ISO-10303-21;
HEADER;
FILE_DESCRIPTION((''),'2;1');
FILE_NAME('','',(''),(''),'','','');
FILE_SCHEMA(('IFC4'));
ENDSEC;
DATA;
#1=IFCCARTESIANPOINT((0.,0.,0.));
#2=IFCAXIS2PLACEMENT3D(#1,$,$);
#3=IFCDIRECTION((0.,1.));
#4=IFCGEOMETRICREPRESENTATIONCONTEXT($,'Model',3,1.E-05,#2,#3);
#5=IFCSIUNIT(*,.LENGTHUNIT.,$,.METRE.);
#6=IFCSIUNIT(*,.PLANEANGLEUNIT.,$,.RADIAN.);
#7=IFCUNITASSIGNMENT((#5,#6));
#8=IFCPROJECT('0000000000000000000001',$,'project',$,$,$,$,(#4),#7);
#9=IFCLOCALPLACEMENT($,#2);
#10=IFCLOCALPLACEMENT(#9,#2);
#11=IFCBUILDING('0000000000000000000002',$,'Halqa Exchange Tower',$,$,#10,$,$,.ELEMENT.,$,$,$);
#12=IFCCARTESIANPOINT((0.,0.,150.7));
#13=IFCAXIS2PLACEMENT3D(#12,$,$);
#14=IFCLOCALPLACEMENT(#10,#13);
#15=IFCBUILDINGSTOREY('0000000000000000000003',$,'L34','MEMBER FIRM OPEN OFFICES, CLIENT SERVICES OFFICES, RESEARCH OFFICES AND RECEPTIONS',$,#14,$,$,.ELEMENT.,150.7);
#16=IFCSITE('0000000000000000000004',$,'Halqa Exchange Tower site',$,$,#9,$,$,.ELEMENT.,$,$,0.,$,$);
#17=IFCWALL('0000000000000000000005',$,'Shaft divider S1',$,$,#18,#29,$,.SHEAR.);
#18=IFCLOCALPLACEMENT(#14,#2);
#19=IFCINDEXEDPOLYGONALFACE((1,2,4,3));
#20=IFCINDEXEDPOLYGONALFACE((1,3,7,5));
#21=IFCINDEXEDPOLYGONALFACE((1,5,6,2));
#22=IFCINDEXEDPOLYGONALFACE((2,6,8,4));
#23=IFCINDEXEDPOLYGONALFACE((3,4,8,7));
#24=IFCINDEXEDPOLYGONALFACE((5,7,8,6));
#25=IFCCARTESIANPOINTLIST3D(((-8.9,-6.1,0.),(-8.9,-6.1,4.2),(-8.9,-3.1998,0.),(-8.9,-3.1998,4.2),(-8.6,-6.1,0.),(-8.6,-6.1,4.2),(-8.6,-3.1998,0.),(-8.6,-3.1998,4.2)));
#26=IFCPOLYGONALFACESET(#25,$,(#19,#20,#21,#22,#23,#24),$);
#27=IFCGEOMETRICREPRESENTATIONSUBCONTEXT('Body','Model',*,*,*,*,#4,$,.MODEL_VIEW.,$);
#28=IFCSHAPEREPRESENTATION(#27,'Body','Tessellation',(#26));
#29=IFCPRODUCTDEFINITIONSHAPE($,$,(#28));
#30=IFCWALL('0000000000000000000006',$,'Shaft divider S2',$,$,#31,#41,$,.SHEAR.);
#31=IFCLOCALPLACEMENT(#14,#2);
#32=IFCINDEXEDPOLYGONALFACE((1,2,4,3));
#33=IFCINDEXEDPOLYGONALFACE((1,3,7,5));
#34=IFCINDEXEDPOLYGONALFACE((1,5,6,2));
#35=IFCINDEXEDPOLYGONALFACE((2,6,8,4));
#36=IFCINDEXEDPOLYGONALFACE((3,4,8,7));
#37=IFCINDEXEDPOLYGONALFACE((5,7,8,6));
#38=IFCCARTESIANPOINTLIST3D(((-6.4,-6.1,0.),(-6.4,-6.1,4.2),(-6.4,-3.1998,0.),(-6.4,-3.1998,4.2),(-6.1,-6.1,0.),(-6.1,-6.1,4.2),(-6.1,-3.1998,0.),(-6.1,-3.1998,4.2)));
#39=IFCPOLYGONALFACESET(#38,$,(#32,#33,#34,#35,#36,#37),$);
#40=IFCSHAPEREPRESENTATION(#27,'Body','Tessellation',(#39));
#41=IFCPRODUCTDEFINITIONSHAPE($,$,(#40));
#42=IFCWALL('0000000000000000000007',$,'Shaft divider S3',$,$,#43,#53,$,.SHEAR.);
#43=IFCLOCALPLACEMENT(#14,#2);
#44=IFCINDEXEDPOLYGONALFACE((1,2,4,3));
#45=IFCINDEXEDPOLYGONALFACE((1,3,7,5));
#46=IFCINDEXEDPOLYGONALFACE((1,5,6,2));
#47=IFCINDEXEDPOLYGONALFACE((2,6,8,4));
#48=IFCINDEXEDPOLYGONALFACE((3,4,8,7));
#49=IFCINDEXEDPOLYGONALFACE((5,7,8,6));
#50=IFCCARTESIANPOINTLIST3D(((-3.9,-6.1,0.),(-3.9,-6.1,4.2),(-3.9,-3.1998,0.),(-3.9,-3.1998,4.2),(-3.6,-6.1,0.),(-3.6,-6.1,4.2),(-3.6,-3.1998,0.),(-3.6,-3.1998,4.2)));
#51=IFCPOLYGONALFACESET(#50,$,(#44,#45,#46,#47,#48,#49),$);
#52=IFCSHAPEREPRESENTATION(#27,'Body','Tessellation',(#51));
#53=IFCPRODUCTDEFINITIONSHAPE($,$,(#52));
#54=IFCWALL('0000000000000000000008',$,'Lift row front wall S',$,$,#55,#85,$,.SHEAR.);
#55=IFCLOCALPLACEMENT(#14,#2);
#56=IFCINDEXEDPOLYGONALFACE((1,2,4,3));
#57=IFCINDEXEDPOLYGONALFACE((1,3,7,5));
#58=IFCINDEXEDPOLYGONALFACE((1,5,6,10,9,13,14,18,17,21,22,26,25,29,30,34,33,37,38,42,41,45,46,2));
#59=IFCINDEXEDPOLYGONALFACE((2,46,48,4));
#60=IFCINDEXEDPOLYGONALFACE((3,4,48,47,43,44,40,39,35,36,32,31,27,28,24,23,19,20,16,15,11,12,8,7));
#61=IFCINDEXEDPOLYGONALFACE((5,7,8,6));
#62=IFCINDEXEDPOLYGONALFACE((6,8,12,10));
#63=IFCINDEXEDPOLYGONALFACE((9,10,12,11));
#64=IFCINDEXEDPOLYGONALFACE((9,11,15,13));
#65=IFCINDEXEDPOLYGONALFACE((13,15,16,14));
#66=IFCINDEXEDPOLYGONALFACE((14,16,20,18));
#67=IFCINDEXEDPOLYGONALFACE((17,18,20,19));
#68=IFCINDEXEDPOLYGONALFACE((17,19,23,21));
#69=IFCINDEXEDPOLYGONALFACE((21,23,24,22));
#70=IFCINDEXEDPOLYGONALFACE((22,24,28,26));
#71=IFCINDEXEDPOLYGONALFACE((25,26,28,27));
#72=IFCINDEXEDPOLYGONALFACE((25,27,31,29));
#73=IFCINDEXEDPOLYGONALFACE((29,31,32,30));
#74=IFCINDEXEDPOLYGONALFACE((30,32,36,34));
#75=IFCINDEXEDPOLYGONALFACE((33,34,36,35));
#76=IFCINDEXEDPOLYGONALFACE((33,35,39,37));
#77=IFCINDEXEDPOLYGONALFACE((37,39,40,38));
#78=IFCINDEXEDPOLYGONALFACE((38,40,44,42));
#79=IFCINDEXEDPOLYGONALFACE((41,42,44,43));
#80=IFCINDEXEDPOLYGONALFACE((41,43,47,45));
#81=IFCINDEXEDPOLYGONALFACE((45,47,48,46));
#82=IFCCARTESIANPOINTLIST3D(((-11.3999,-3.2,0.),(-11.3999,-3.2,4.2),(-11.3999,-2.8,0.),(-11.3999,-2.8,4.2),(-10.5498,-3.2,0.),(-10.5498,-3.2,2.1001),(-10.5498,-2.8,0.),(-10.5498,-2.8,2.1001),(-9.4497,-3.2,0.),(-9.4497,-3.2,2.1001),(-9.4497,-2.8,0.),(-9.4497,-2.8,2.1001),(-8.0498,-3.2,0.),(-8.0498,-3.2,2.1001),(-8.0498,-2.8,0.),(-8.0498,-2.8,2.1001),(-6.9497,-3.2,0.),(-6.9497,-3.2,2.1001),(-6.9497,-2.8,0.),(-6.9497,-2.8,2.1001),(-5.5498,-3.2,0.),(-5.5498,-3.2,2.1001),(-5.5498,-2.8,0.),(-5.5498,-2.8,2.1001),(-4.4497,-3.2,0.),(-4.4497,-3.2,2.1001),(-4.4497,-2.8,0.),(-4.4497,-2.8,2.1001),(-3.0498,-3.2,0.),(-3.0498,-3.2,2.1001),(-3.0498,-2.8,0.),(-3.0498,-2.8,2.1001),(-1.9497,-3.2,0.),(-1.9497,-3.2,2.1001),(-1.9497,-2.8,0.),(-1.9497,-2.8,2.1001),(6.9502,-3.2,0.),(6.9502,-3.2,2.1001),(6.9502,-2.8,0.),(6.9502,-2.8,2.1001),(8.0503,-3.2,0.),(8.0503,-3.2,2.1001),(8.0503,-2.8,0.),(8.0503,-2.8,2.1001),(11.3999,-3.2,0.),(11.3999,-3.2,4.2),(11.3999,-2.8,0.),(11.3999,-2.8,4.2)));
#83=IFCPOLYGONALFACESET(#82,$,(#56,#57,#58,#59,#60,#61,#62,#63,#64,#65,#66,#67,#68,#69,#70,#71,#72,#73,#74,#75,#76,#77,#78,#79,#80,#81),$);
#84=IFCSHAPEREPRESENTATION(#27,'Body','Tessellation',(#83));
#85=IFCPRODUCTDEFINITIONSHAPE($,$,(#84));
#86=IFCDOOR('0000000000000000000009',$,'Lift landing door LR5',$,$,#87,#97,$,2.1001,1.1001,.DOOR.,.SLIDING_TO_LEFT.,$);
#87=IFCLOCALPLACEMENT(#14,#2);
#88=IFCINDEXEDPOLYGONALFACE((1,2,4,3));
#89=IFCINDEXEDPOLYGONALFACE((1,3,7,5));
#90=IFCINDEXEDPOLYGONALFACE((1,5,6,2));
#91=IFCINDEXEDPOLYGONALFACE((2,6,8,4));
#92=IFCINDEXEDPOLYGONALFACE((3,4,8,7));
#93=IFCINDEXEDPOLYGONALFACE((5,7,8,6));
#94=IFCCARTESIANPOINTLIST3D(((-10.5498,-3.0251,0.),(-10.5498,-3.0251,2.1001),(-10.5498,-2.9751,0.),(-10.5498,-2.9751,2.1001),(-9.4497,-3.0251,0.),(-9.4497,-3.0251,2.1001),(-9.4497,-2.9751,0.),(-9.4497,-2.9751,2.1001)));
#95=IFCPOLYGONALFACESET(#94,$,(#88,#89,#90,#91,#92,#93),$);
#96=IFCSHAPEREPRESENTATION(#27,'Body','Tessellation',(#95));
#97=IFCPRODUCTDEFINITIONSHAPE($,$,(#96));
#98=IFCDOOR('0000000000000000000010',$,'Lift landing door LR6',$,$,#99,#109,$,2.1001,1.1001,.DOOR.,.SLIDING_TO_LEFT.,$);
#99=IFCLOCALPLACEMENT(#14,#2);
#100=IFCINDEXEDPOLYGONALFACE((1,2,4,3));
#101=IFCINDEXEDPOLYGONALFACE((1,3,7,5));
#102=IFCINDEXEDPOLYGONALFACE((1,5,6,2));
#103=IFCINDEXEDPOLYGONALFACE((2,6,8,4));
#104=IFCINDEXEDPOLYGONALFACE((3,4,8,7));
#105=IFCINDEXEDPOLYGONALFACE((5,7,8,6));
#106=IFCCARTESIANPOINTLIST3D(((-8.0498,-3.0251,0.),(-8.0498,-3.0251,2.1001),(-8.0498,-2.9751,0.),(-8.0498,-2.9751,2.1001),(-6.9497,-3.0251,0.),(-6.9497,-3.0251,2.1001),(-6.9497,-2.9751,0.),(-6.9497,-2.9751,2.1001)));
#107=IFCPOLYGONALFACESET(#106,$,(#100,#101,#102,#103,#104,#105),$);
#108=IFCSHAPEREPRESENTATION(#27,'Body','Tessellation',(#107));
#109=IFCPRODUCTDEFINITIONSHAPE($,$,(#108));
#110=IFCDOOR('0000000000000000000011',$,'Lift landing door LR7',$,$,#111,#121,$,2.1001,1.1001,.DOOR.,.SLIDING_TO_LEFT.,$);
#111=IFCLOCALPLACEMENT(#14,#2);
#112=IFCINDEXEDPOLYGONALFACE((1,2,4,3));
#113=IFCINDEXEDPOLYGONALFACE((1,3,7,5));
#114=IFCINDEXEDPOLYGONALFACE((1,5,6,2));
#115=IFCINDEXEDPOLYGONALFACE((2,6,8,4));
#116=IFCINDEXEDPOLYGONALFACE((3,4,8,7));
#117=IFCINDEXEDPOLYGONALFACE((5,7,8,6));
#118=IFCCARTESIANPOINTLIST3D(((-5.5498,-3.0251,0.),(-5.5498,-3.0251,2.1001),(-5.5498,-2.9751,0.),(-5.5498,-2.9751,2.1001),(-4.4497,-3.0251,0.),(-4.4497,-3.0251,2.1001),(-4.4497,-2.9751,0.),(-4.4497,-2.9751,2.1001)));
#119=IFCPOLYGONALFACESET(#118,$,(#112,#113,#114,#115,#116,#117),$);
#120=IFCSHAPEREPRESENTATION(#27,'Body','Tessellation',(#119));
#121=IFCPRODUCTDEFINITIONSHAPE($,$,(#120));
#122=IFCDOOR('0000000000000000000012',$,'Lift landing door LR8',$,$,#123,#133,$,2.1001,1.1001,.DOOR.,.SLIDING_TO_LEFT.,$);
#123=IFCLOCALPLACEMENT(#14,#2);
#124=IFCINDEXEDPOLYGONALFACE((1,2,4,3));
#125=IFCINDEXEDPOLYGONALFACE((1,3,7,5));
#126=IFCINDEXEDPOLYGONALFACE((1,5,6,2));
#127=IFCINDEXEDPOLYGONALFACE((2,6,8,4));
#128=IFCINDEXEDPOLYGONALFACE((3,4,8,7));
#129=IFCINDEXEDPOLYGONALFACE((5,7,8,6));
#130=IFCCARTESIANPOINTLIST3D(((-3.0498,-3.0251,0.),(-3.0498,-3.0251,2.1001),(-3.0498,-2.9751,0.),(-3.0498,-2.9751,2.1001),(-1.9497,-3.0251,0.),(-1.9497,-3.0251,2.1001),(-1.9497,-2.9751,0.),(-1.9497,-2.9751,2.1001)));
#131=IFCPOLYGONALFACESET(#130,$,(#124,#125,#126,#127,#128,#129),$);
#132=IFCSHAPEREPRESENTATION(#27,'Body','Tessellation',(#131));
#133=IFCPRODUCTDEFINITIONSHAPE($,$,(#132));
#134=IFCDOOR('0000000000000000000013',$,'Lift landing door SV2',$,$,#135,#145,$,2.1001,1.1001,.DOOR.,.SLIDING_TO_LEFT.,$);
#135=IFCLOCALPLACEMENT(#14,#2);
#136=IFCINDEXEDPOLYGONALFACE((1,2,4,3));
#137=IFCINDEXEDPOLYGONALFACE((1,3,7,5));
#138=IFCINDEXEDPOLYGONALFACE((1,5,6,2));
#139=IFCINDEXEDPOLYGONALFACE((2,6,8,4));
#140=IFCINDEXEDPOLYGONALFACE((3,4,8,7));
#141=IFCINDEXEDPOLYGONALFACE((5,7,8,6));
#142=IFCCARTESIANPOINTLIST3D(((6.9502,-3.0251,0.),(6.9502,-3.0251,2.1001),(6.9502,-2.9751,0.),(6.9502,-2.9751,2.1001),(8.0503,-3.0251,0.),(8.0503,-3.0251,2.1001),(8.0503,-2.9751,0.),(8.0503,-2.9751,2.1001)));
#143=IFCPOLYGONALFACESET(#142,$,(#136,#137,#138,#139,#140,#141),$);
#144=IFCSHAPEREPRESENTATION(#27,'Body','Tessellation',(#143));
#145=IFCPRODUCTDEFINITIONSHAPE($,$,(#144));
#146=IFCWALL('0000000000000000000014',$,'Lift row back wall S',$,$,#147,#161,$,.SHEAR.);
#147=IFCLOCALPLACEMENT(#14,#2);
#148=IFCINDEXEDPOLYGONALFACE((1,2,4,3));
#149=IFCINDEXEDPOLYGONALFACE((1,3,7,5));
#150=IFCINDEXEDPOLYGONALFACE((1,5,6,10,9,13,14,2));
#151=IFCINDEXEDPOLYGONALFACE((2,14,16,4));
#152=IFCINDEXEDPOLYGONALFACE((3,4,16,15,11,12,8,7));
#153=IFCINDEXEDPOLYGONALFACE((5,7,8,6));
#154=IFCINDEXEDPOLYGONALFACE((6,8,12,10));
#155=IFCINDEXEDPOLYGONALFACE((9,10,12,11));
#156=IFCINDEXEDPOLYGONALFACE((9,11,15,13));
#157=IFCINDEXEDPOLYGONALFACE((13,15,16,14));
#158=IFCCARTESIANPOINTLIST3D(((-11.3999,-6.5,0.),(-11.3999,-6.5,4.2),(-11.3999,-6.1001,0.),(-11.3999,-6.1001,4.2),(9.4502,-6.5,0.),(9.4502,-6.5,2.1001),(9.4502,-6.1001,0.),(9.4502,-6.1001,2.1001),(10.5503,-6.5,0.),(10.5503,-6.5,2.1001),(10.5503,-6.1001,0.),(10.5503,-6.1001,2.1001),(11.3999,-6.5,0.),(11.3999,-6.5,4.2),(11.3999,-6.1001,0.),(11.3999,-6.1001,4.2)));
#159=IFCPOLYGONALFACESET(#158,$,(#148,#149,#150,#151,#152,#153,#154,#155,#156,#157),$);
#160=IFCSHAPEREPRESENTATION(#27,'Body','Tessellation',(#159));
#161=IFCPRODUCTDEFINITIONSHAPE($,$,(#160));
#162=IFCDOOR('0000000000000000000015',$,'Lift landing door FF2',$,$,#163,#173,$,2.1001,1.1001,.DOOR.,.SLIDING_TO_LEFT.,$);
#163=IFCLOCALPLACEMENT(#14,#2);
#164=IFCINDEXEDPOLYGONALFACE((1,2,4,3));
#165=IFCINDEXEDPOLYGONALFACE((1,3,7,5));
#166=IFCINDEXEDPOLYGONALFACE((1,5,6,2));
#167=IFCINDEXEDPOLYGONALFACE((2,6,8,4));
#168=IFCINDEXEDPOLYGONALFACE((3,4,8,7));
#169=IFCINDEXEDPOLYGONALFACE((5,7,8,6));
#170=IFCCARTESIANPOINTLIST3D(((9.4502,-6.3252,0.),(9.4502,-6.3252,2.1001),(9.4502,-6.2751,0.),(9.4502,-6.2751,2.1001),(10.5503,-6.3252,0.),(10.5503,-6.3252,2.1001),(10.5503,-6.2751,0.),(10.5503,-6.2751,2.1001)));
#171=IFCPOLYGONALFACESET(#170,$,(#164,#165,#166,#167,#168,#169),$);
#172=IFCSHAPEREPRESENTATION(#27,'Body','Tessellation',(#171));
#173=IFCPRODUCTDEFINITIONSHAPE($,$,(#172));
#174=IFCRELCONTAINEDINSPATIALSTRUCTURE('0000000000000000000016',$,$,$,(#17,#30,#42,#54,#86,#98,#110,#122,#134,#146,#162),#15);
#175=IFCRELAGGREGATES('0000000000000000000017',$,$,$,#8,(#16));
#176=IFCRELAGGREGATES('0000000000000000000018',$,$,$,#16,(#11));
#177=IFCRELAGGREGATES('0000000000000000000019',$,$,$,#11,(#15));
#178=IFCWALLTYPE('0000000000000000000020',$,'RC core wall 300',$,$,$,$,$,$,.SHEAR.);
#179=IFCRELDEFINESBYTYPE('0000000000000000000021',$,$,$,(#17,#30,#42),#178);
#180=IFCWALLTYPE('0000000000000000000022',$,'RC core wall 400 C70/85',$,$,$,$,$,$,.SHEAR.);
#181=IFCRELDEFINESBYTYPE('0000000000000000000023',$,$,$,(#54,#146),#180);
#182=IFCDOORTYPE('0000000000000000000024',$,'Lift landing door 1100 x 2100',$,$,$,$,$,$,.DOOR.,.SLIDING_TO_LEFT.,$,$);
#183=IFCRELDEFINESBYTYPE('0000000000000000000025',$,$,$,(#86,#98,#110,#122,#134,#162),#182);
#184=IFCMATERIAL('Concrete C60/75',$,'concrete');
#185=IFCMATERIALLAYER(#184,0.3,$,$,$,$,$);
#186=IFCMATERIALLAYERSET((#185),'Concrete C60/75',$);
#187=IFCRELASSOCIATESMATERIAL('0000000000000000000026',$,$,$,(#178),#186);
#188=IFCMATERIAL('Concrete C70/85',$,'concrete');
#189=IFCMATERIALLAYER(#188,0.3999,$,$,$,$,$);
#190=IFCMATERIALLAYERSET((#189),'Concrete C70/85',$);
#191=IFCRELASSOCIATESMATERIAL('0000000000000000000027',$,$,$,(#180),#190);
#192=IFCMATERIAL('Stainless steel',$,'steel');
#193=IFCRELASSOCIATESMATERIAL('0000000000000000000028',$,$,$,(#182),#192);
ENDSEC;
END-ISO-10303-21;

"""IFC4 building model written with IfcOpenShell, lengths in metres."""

from ifc_helpers import new_model, si_unit, direction, frame, frame_2d, origin, place, context, subcontext, project, spatial, rectangle, extrude, material, layer, layer_set, type_object, element, fill, save


model = new_model("IFC4")

# Units and contexts
model_context = context("Model", 3, precision=1e-05, world=origin(), true_north=direction((0.0, 1.0)))
body_context = subcontext(model_context, "Body", "Model", "MODEL_VIEW")
ifc_project = project(units=[si_unit("LENGTHUNIT", "METRE"), si_unit("PLANEANGLEUNIT", "RADIAN")], contexts=[model_context])

# Site, building, storey
site_placement = place(None, origin())
site = spatial("IfcSite", under=ifc_project, at=site_placement, Name="Halqa Exchange Tower site", CompositionType="ELEMENT", RefElevation=0.0)
building_placement = place(site_placement, origin())
building = spatial("IfcBuilding", under=site, at=building_placement, Name="Halqa Exchange Tower", CompositionType="ELEMENT")
storey_placement = place(building_placement, frame((0.0, 0.0, 150.7)))
storey = spatial("IfcBuildingStorey", under=building, at=storey_placement, Name="L34", Description="MEMBER FIRM OPEN OFFICES, CLIENT SERVICES OFFICES, RESEARCH OFFICES AND RECEPTIONS", CompositionType="ELEMENT", Elevation=150.7)

# Walls
ifc_material_1 = material(Name="Concrete C60/75", Category="concrete")
ifc_layer_1 = layer(ifc_material_1, 0.3)
ifc_layer_set_1 = layer_set([ifc_layer_1], Name="Concrete C60/75")
wall_type_1 = type_object("IfcWallType", Name="RC core wall 300", PredefinedType="SHEAR", material=ifc_layer_set_1)
for number, where, z_axis, x_axis, name in (
    (1, (-8.75, -6.1001, 0.0), (0.0, 0.0, 1.0), (0.0, 1.0, 0.0), "Shaft divider S1"),
    (2, (-6.25, -6.1001, 0.0), (0.0, 0.0, 1.0), (0.0, 1.0, 0.0), "Shaft divider S2"),
    (3, (-3.75, -6.1001, 0.0), (0.0, 0.0, 1.0), (0.0, 1.0, 0.0), "Shaft divider S3"),
):
    element("IfcWall", number, at=place(storey_placement, frame(where, z_axis=z_axis, x_axis=x_axis)), inside=storey, type_object=wall_type_1, Name=name, PredefinedType="SHEAR", context=body_context, shape_type="SweptSolid", body=[
        extrude(rectangle(XDim=2.9001, YDim=0.3, at=frame_2d((1.4502, 0.0))), origin(), (0.0, 0.0, 1.0), 4.2),
    ])

# Wall, openings, doors
ifc_material_2 = material(Name="Concrete C70/85", Category="concrete")
ifc_layer_2 = layer(ifc_material_2, 0.3999)
ifc_layer_set_2 = layer_set([ifc_layer_2], Name="Concrete C70/85")
wall_type_2 = type_object("IfcWallType", Name="RC core wall 400 C70/85", PredefinedType="SHEAR", material=ifc_layer_set_2)
wall_1_placement = place(storey_placement, frame((-11.3999, -3.0, 0.0), z_axis=(0.0, 0.0, 1.0), x_axis=(1.0, 0.0, 0.0)))
wall_1 = element("IfcWall", 4, at=wall_1_placement, inside=storey, type_object=wall_type_2, Name="Lift row front wall S", PredefinedType="SHEAR", context=body_context, shape_type="SweptSolid", body=[
    extrude(rectangle(XDim=22.7998, YDim=0.3999, at=frame_2d((11.3999, 0.0))), origin(), (0.0, 0.0, 1.0), 4.2),
])
opening_1_placement = place(wall_1_placement, frame((0.8501, 0.0, 0.0)))
opening_1 = element("IfcOpeningElement", 5, at=opening_1_placement, cuts=wall_1, PredefinedType="OPENING", context=body_context, shape_type="SweptSolid", body=[
    extrude(rectangle(XDim=1.1001, YDim=2.1001, at=frame_2d((0.55, 1.05))), frame((0.0, 0.2119, 0.0), z_axis=(0.0, -1.0, 0.0), x_axis=(1.0, 0.0, 0.0)), (0.0, 0.0, 1.0), 0.4238),
])
opening_2_placement = place(wall_1_placement, frame((3.3501, 0.0, 0.0)))
opening_2 = element("IfcOpeningElement", 6, at=opening_2_placement, cuts=wall_1, PredefinedType="OPENING", context=body_context, shape_type="SweptSolid", body=[
    extrude(rectangle(XDim=1.1001, YDim=2.1001, at=frame_2d((0.55, 1.05))), frame((0.0, 0.2119, 0.0), z_axis=(0.0, -1.0, 0.0), x_axis=(1.0, 0.0, 0.0)), (0.0, 0.0, 1.0), 0.4238),
])
opening_3_placement = place(wall_1_placement, frame((5.8501, 0.0, 0.0)))
opening_3 = element("IfcOpeningElement", 7, at=opening_3_placement, cuts=wall_1, PredefinedType="OPENING", context=body_context, shape_type="SweptSolid", body=[
    extrude(rectangle(XDim=1.1001, YDim=2.1001, at=frame_2d((0.55, 1.05))), frame((0.0, 0.2119, 0.0), z_axis=(0.0, -1.0, 0.0), x_axis=(1.0, 0.0, 0.0)), (0.0, 0.0, 1.0), 0.4238),
])
opening_4_placement = place(wall_1_placement, frame((8.3501, 0.0, 0.0)))
opening_4 = element("IfcOpeningElement", 8, at=opening_4_placement, cuts=wall_1, PredefinedType="OPENING", context=body_context, shape_type="SweptSolid", body=[
    extrude(rectangle(XDim=1.1001, YDim=2.1001, at=frame_2d((0.55, 1.05))), frame((0.0, 0.2119, 0.0), z_axis=(0.0, -1.0, 0.0), x_axis=(1.0, 0.0, 0.0)), (0.0, 0.0, 1.0), 0.4238),
])
opening_5_placement = place(wall_1_placement, frame((18.3501, 0.0, 0.0)))
opening_5 = element("IfcOpeningElement", 9, at=opening_5_placement, cuts=wall_1, PredefinedType="OPENING", context=body_context, shape_type="SweptSolid", body=[
    extrude(rectangle(XDim=1.1001, YDim=2.1001, at=frame_2d((0.55, 1.05))), frame((0.0, 0.2119, 0.0), z_axis=(0.0, -1.0, 0.0), x_axis=(1.0, 0.0, 0.0)), (0.0, 0.0, 1.0), 0.4238),
])
ifc_material_3 = material(Name="Stainless steel", Category="steel")
door_type = type_object("IfcDoorType", Name="Lift landing door 1100 x 2100", OperationType="SLIDING_TO_LEFT", PredefinedType="DOOR", material=ifc_material_3)
door_1_placement = place(opening_1_placement, origin())
door_1 = element("IfcDoor", 10, at=door_1_placement, inside=storey, type_object=door_type, Name="Lift landing door LR5", OperationType="SLIDING_TO_LEFT", OverallHeight=2.1001, OverallWidth=1.1001, PredefinedType="DOOR", context=body_context, shape_type="SweptSolid", body=[
    extrude(rectangle(XDim=1.1001, YDim=2.1001, at=frame_2d((0.55, 1.05))), frame((0.0, 0.0249, 0.0), z_axis=(0.0, -1.0, 0.0), x_axis=(1.0, 0.0, 0.0)), (0.0, 0.0, 1.0), 0.05),
])
fill(opening_1, door_1)
door_2_placement = place(opening_2_placement, origin())
door_2 = element("IfcDoor", 11, at=door_2_placement, inside=storey, type_object=door_type, Name="Lift landing door LR6", OperationType="SLIDING_TO_LEFT", OverallHeight=2.1001, OverallWidth=1.1001, PredefinedType="DOOR", context=body_context, shape_type="SweptSolid", body=[
    extrude(rectangle(XDim=1.1001, YDim=2.1001, at=frame_2d((0.55, 1.05))), frame((0.0, 0.0249, 0.0), z_axis=(0.0, -1.0, 0.0), x_axis=(1.0, 0.0, 0.0)), (0.0, 0.0, 1.0), 0.05),
])
fill(opening_2, door_2)
door_3_placement = place(opening_3_placement, origin())
door_3 = element("IfcDoor", 12, at=door_3_placement, inside=storey, type_object=door_type, Name="Lift landing door LR7", OperationType="SLIDING_TO_LEFT", OverallHeight=2.1001, OverallWidth=1.1001, PredefinedType="DOOR", context=body_context, shape_type="SweptSolid", body=[
    extrude(rectangle(XDim=1.1001, YDim=2.1001, at=frame_2d((0.55, 1.05))), frame((0.0, 0.0249, 0.0), z_axis=(0.0, -1.0, 0.0), x_axis=(1.0, 0.0, 0.0)), (0.0, 0.0, 1.0), 0.05),
])
fill(opening_3, door_3)
door_4_placement = place(opening_4_placement, origin())
door_4 = element("IfcDoor", 13, at=door_4_placement, inside=storey, type_object=door_type, Name="Lift landing door LR8", OperationType="SLIDING_TO_LEFT", OverallHeight=2.1001, OverallWidth=1.1001, PredefinedType="DOOR", context=body_context, shape_type="SweptSolid", body=[
    extrude(rectangle(XDim=1.1001, YDim=2.1001, at=frame_2d((0.55, 1.05))), frame((0.0, 0.0249, 0.0), z_axis=(0.0, -1.0, 0.0), x_axis=(1.0, 0.0, 0.0)), (0.0, 0.0, 1.0), 0.05),
])
fill(opening_4, door_4)
door_5_placement = place(opening_5_placement, origin())
door_5 = element("IfcDoor", 14, at=door_5_placement, inside=storey, type_object=door_type, Name="Lift landing door SV2", OperationType="SLIDING_TO_LEFT", OverallHeight=2.1001, OverallWidth=1.1001, PredefinedType="DOOR", context=body_context, shape_type="SweptSolid", body=[
    extrude(rectangle(XDim=1.1001, YDim=2.1001, at=frame_2d((0.55, 1.05))), frame((0.0, 0.0249, 0.0), z_axis=(0.0, -1.0, 0.0), x_axis=(1.0, 0.0, 0.0)), (0.0, 0.0, 1.0), 0.05),
])
fill(opening_5, door_5)

# Wall, opening, door
wall_2_placement = place(storey_placement, frame((-11.3999, -6.3, 0.0), z_axis=(0.0, 0.0, 1.0), x_axis=(1.0, 0.0, 0.0)))
wall_2 = element("IfcWall", 15, at=wall_2_placement, inside=storey, type_object=wall_type_2, Name="Lift row back wall S", PredefinedType="SHEAR", context=body_context, shape_type="SweptSolid", body=[
    extrude(rectangle(XDim=22.7998, YDim=0.3999, at=frame_2d((11.3999, 0.0))), origin(), (0.0, 0.0, 1.0), 4.2),
])
opening_6_placement = place(wall_2_placement, frame((20.8501, 0.0, 0.0)))
opening_6 = element("IfcOpeningElement", 16, at=opening_6_placement, cuts=wall_2, PredefinedType="OPENING", context=body_context, shape_type="SweptSolid", body=[
    extrude(rectangle(XDim=1.1001, YDim=2.1001, at=frame_2d((0.55, 1.05))), frame((0.0, 0.2119, 0.0), z_axis=(0.0, -1.0, 0.0), x_axis=(1.0, 0.0, 0.0)), (0.0, 0.0, 1.0), 0.4238),
])
door_6_placement = place(opening_6_placement, origin())
door_6 = element("IfcDoor", 17, at=door_6_placement, inside=storey, type_object=door_type, Name="Lift landing door FF2", OperationType="SLIDING_TO_LEFT", OverallHeight=2.1001, OverallWidth=1.1001, PredefinedType="DOOR", context=body_context, shape_type="SweptSolid", body=[
    extrude(rectangle(XDim=1.1001, YDim=2.1001, at=frame_2d((0.55, 1.05))), frame((0.0, 0.0249, 0.0), z_axis=(0.0, -1.0, 0.0), x_axis=(1.0, 0.0, 0.0)), (0.0, 0.0, 1.0), 0.05),
])
fill(opening_6, door_6)

save(model, "model.ifc")
